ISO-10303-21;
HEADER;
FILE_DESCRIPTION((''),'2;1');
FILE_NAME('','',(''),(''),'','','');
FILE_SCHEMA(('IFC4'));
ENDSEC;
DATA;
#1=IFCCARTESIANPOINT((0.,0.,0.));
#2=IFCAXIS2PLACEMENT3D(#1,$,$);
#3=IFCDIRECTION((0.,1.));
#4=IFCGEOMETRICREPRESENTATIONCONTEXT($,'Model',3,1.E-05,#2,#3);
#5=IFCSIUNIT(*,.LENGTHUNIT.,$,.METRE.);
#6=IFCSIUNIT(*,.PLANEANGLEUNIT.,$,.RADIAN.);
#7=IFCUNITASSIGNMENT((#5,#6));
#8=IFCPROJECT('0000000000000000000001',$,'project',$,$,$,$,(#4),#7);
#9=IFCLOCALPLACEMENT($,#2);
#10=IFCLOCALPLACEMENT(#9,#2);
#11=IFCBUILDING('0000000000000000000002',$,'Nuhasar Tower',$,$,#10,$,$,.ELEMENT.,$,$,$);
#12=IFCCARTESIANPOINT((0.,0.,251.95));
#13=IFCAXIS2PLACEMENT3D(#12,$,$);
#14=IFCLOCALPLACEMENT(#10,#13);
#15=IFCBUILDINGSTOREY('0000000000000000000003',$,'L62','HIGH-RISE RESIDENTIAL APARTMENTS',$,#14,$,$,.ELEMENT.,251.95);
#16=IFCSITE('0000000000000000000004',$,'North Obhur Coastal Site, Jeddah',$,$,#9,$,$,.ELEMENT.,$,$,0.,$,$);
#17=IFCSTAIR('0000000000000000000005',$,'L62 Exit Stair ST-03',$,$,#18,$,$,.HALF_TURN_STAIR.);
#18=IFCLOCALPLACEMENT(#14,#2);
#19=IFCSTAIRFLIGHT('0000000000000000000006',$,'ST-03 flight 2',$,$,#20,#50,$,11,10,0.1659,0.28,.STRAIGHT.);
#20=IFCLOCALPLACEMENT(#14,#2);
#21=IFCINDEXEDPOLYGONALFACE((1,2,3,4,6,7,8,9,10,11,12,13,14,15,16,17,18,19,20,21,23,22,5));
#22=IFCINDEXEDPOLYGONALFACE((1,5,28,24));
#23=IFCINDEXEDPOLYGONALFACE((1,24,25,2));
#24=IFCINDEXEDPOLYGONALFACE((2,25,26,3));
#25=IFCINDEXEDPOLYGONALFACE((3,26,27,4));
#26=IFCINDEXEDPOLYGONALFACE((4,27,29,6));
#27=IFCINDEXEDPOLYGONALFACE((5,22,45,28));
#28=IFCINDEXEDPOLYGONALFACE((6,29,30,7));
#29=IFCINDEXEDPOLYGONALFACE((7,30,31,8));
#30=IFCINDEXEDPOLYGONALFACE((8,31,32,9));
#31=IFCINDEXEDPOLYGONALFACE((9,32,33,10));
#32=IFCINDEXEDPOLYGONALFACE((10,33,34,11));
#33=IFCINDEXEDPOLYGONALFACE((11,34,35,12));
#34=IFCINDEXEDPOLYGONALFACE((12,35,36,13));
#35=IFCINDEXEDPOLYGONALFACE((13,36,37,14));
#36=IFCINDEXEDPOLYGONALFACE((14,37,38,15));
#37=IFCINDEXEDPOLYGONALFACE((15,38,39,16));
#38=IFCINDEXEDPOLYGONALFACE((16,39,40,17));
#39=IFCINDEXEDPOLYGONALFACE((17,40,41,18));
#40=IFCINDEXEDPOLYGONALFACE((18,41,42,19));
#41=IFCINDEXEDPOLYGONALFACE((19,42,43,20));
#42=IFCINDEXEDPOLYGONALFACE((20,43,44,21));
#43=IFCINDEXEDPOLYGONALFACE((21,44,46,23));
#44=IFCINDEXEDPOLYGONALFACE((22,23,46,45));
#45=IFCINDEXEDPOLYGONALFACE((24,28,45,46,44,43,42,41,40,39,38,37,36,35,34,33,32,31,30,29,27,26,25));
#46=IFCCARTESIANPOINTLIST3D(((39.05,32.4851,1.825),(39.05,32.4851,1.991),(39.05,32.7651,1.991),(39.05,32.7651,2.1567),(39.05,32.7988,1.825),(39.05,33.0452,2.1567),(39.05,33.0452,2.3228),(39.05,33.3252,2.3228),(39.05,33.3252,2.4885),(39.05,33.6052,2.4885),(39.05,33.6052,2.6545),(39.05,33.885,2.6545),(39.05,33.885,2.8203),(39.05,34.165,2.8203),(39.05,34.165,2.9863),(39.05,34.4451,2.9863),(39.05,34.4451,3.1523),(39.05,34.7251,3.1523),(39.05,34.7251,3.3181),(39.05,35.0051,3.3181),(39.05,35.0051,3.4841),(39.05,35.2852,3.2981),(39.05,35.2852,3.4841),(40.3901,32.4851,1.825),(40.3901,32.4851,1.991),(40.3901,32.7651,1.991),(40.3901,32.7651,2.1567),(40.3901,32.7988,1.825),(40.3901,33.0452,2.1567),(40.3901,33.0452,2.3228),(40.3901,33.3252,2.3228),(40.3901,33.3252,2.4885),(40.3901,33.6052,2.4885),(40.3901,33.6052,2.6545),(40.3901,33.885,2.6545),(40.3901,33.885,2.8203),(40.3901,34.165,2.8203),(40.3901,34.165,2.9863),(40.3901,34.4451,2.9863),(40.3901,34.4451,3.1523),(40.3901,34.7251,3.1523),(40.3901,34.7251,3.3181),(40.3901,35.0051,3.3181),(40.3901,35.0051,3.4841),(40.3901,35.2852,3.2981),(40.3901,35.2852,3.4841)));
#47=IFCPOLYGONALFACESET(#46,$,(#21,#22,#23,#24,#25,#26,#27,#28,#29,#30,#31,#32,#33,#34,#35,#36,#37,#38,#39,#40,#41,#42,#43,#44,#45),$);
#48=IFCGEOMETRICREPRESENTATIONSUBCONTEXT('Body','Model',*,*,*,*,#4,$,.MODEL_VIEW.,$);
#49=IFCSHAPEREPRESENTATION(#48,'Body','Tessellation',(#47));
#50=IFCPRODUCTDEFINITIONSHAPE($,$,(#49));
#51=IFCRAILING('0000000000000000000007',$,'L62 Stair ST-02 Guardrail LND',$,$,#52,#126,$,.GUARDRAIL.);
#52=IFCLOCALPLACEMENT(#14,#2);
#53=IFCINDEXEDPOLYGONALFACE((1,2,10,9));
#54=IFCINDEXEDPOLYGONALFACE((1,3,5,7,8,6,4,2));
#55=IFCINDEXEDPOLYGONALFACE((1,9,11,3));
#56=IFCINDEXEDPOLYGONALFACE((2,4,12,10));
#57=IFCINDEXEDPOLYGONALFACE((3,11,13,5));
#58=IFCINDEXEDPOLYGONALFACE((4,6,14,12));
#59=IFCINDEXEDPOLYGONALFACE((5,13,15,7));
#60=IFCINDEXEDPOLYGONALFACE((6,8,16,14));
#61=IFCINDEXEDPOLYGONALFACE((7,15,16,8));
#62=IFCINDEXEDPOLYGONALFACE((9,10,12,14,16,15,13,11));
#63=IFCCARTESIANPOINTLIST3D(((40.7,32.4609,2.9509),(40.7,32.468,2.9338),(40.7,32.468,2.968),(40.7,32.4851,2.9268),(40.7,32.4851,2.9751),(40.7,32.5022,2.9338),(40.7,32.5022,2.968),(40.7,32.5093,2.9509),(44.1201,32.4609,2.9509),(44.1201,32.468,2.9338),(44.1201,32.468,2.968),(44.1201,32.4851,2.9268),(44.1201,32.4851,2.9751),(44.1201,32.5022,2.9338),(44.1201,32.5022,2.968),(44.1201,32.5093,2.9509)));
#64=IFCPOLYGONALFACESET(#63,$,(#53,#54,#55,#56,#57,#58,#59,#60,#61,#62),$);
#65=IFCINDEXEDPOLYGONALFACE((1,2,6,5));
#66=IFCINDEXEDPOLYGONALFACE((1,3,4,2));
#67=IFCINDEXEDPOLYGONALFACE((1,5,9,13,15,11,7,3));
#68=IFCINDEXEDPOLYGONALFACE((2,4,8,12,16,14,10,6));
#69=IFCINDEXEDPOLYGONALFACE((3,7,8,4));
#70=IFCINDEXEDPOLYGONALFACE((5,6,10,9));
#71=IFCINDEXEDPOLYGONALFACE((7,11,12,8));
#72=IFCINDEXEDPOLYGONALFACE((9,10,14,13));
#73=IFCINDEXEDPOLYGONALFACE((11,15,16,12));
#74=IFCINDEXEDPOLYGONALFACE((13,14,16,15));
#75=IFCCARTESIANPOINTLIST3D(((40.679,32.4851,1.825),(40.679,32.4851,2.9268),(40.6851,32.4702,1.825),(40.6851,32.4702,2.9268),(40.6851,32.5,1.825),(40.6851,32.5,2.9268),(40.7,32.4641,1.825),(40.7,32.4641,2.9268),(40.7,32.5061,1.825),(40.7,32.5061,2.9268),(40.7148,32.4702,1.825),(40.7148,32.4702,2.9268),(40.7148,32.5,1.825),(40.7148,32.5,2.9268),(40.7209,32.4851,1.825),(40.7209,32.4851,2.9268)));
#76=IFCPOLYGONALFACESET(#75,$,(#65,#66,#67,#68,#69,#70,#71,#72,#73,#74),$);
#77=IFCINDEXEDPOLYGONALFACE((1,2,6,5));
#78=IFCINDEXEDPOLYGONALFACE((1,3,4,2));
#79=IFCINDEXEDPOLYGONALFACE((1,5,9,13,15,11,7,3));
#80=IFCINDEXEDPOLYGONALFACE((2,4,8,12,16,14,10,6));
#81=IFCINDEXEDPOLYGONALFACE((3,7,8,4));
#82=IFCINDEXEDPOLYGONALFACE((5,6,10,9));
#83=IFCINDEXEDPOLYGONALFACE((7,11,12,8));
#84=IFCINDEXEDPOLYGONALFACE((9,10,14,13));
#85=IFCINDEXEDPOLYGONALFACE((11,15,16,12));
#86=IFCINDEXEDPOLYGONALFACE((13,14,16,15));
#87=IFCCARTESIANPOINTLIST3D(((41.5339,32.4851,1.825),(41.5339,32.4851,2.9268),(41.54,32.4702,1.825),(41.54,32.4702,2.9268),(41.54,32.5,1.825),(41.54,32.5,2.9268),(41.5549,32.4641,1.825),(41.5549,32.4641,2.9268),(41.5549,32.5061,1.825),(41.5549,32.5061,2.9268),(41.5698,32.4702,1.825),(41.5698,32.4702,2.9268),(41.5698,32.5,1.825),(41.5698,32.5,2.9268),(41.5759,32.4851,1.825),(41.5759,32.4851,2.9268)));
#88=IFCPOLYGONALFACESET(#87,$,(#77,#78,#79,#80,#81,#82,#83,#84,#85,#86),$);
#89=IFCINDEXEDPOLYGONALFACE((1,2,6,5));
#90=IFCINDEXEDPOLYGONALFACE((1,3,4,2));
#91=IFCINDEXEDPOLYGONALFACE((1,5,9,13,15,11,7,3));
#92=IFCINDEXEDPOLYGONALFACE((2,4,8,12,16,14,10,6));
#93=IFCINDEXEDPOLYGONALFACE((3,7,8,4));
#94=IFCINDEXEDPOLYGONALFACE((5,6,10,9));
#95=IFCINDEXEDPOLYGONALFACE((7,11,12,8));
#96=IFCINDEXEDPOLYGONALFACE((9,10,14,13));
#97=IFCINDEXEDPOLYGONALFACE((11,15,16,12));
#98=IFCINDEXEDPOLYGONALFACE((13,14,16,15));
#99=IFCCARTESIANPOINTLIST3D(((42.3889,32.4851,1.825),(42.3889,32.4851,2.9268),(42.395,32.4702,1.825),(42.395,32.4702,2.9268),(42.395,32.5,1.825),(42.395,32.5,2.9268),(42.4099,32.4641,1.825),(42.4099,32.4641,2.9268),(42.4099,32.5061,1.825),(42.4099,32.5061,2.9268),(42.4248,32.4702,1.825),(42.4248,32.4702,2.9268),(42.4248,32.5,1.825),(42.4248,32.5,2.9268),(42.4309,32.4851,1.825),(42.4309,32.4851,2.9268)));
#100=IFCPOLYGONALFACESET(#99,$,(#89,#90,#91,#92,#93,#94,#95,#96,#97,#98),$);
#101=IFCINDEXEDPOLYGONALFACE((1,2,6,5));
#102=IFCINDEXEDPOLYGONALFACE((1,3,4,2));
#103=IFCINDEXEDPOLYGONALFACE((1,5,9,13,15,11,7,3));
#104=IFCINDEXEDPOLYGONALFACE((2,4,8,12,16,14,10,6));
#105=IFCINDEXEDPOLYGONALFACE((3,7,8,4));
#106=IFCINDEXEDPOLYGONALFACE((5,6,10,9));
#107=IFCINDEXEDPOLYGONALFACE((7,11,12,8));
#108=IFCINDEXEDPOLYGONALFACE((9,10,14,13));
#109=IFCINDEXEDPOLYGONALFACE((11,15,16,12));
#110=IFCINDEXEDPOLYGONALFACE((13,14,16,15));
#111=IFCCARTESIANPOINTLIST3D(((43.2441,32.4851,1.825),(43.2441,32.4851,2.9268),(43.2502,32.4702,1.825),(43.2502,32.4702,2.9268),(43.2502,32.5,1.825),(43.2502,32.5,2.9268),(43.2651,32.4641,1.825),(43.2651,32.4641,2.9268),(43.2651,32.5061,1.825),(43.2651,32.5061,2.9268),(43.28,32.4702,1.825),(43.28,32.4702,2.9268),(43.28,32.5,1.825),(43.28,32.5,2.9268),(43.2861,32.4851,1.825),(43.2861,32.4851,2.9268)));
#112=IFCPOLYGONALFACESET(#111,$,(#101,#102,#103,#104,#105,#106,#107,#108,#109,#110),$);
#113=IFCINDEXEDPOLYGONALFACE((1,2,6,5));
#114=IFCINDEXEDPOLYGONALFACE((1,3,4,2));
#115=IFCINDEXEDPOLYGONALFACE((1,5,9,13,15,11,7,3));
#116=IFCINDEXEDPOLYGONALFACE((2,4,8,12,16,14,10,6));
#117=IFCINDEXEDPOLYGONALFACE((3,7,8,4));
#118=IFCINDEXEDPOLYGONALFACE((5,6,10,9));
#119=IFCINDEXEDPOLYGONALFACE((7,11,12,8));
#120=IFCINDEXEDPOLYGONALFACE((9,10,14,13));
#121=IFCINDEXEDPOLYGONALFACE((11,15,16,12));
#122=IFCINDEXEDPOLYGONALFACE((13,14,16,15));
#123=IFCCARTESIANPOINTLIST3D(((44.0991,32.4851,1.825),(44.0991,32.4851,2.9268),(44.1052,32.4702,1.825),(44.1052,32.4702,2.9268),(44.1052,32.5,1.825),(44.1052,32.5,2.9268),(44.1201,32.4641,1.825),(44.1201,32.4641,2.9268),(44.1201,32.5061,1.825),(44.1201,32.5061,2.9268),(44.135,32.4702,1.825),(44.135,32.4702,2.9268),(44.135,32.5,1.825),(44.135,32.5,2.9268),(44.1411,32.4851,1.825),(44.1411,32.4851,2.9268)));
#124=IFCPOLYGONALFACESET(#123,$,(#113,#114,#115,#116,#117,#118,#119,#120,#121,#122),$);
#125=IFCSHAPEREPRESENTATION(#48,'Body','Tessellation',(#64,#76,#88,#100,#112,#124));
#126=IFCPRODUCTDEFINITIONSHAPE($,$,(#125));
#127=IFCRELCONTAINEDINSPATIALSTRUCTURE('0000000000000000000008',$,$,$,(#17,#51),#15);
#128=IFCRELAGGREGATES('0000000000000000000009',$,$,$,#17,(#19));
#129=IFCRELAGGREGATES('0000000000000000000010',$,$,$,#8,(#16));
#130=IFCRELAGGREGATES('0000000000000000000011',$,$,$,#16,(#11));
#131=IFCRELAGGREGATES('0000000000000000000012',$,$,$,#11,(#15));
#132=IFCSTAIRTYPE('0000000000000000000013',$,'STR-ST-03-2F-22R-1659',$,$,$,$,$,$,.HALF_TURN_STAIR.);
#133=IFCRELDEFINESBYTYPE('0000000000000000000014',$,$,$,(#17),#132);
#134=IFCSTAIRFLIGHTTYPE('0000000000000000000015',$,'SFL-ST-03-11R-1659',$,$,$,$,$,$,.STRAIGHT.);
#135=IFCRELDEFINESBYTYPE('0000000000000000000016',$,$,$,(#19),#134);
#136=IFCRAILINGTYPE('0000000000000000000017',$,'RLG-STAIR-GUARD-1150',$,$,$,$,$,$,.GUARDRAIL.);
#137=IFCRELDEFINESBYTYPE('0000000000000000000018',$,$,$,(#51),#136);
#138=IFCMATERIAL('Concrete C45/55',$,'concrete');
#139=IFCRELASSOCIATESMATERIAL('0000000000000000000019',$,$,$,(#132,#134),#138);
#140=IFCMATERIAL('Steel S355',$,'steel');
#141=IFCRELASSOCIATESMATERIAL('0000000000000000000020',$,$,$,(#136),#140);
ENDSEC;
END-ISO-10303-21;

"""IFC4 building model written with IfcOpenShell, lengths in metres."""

from ifc_helpers import new_model, si_unit, direction, frame, origin, place, context, subcontext, project, spatial, polyline, outline, extrude, material, type_object, element, aggregate, save


model = new_model("IFC4")

# Units and contexts
model_context = context("Model", 3, precision=1e-05, world=origin(), true_north=direction((0.0, 1.0)))
body_context = subcontext(model_context, "Body", "Model", "MODEL_VIEW")
ifc_project = project(units=[si_unit("LENGTHUNIT", "METRE"), si_unit("PLANEANGLEUNIT", "RADIAN")], contexts=[model_context])

# Site, building, storey
site_placement = place(None, origin())
site = spatial("IfcSite", under=ifc_project, at=site_placement, Name="North Obhur Coastal Site, Jeddah", CompositionType="ELEMENT", RefElevation=0.0)
building_placement = place(site_placement, origin())
building = spatial("IfcBuilding", under=site, at=building_placement, Name="Nuhasar Tower", CompositionType="ELEMENT")
storey_placement = place(building_placement, frame((0.0, 0.0, 251.95)))
storey = spatial("IfcBuildingStorey", under=building, at=storey_placement, Name="L62", Description="HIGH-RISE RESIDENTIAL APARTMENTS", CompositionType="ELEMENT", Elevation=251.95)

# Shared definitions
ifc_material_1 = material(Name="Steel S355", Category="steel")

# Shared definitions
ifc_material_2 = material(Name="Concrete C45/55", Category="concrete")

# Stair, stair flight
stair_type_1 = type_object("IfcStairType", Name="STR-ST-03-2F-22R-1659", PredefinedType="HALF_TURN_STAIR", material=ifc_material_2)
stair_1_placement = place(storey_placement, origin())
stair_1 = element("IfcStair", 1, at=stair_1_placement, inside=storey, type_object=stair_type_1, Name="L62 Exit Stair ST-03", PredefinedType="HALF_TURN_STAIR")
stair_flight_type_1 = type_object("IfcStairFlightType", Name="SFL-ST-03-11R-1659", PredefinedType="STRAIGHT", material=ifc_material_2)
stair_flight_1_placement = place(storey_placement, frame((39.72, 32.4851, 1.825), z_axis=(0.0, 0.0, 1.0), x_axis=(0.0, 1.0, 0.0)))
stair_flight_1 = element("IfcStairFlight", 2, at=stair_flight_1_placement, type_object=stair_flight_type_1, Name="ST-03 flight 2", NumberOfRisers=11, NumberOfTreads=10, PredefinedType="STRAIGHT", RiserHeight=0.1659, TreadLength=0.28, context=body_context, shape_type="SweptSolid", body=[
    extrude(outline(polyline([(0.0, 0.0), (0.0, 0.166), (0.28, 0.166), (0.28, 0.3318), (0.5601, 0.3318), (0.5601, 0.4978), (0.8401, 0.4978), (0.8401, 0.6636), (1.1201, 0.6636), (1.1201, 0.8296), (1.3999, 0.8296), (1.3999, 0.9954), (1.6799, 0.9954), (1.6799, 1.1614), (1.96, 1.1614), (1.96, 1.3274), (2.24, 1.3274), (2.24, 1.4932), (2.52, 1.4932), (2.52, 1.6592), (2.8, 1.6592), (2.8, 1.825), (2.8, 1.4731), (0.3137, 0.0), (0.0, 0.0)])), frame((0.0, 0.6699, 0.0), z_axis=(0.0, -1.0, 0.0), x_axis=(1.0, 0.0, 0.0)), (0.0, 0.0, 1.0), 1.3401),
])
aggregate(stair_1, [stair_flight_1])

# Railing
railing_type_1 = type_object("IfcRailingType", Name="RLG-STAIR-GUARD-1150", PredefinedType="GUARDRAIL", material=ifc_material_1)
railing_1_placement = place(storey_placement, frame((40.7, 32.4851, 1.825)))
element("IfcRailing", 3, at=railing_1_placement, inside=storey, type_object=railing_type_1, Name="L62 Stair ST-02 Guardrail LND", PredefinedType="GUARDRAIL", context=body_context, shape_type="SweptSolid", body=[
    extrude(outline(polyline([(0.0242, 0.0), (0.0171, 0.0171), (0.0, 0.0242), (-0.0171, 0.0171), (-0.0242, 0.0), (-0.0171, -0.0171), (0.0, -0.0242), (0.0171, -0.0171), (0.0242, 0.0)])), frame((0.0, 0.0, 1.126), z_axis=(1.0, 0.0, 0.0), x_axis=(0.0, 1.0, 0.0)), (0.0, 0.0, 1.0), 3.4202),
    extrude(outline(polyline([(0.021, 0.0), (0.0149, 0.0149), (0.0, 0.021), (-0.0149, 0.0149), (-0.021, 0.0), (-0.0149, -0.0149), (0.0, -0.021), (0.0149, -0.0149), (0.021, 0.0)])), origin(), (0.0, 0.0, 1.0), 1.1018),
    extrude(outline(polyline([(0.021, 0.0), (0.0149, 0.0149), (0.0, 0.021), (-0.0149, 0.0149), (-0.021, 0.0), (-0.0149, -0.0149), (0.0, -0.021), (0.0149, -0.0149), (0.021, 0.0)])), frame((0.855, 0.0, 0.0)), (0.0, 0.0, 1.0), 1.1018),
    extrude(outline(polyline([(0.021, 0.0), (0.0149, 0.0149), (0.0, 0.021), (-0.0149, 0.0149), (-0.021, 0.0), (-0.0149, -0.0149), (0.0, -0.021), (0.0149, -0.0149), (0.021, 0.0)])), frame((1.71, 0.0, 0.0)), (0.0, 0.0, 1.0), 1.1018),
    extrude(outline(polyline([(0.021, 0.0), (0.0149, 0.0149), (0.0, 0.021), (-0.0149, 0.0149), (-0.021, 0.0), (-0.0149, -0.0149), (0.0, -0.021), (0.0149, -0.0149), (0.021, 0.0)])), frame((2.5652, 0.0, 0.0)), (0.0, 0.0, 1.0), 1.1018),
    extrude(outline(polyline([(0.021, 0.0), (0.0149, 0.0149), (0.0, 0.021), (-0.0149, 0.0149), (-0.021, 0.0), (-0.0149, -0.0149), (0.0, -0.021), (0.0149, -0.0149), (0.021, 0.0)])), frame((3.4202, 0.0, 0.0)), (0.0, 0.0, 1.0), 1.1018),
])

save(model, "model.ifc")
